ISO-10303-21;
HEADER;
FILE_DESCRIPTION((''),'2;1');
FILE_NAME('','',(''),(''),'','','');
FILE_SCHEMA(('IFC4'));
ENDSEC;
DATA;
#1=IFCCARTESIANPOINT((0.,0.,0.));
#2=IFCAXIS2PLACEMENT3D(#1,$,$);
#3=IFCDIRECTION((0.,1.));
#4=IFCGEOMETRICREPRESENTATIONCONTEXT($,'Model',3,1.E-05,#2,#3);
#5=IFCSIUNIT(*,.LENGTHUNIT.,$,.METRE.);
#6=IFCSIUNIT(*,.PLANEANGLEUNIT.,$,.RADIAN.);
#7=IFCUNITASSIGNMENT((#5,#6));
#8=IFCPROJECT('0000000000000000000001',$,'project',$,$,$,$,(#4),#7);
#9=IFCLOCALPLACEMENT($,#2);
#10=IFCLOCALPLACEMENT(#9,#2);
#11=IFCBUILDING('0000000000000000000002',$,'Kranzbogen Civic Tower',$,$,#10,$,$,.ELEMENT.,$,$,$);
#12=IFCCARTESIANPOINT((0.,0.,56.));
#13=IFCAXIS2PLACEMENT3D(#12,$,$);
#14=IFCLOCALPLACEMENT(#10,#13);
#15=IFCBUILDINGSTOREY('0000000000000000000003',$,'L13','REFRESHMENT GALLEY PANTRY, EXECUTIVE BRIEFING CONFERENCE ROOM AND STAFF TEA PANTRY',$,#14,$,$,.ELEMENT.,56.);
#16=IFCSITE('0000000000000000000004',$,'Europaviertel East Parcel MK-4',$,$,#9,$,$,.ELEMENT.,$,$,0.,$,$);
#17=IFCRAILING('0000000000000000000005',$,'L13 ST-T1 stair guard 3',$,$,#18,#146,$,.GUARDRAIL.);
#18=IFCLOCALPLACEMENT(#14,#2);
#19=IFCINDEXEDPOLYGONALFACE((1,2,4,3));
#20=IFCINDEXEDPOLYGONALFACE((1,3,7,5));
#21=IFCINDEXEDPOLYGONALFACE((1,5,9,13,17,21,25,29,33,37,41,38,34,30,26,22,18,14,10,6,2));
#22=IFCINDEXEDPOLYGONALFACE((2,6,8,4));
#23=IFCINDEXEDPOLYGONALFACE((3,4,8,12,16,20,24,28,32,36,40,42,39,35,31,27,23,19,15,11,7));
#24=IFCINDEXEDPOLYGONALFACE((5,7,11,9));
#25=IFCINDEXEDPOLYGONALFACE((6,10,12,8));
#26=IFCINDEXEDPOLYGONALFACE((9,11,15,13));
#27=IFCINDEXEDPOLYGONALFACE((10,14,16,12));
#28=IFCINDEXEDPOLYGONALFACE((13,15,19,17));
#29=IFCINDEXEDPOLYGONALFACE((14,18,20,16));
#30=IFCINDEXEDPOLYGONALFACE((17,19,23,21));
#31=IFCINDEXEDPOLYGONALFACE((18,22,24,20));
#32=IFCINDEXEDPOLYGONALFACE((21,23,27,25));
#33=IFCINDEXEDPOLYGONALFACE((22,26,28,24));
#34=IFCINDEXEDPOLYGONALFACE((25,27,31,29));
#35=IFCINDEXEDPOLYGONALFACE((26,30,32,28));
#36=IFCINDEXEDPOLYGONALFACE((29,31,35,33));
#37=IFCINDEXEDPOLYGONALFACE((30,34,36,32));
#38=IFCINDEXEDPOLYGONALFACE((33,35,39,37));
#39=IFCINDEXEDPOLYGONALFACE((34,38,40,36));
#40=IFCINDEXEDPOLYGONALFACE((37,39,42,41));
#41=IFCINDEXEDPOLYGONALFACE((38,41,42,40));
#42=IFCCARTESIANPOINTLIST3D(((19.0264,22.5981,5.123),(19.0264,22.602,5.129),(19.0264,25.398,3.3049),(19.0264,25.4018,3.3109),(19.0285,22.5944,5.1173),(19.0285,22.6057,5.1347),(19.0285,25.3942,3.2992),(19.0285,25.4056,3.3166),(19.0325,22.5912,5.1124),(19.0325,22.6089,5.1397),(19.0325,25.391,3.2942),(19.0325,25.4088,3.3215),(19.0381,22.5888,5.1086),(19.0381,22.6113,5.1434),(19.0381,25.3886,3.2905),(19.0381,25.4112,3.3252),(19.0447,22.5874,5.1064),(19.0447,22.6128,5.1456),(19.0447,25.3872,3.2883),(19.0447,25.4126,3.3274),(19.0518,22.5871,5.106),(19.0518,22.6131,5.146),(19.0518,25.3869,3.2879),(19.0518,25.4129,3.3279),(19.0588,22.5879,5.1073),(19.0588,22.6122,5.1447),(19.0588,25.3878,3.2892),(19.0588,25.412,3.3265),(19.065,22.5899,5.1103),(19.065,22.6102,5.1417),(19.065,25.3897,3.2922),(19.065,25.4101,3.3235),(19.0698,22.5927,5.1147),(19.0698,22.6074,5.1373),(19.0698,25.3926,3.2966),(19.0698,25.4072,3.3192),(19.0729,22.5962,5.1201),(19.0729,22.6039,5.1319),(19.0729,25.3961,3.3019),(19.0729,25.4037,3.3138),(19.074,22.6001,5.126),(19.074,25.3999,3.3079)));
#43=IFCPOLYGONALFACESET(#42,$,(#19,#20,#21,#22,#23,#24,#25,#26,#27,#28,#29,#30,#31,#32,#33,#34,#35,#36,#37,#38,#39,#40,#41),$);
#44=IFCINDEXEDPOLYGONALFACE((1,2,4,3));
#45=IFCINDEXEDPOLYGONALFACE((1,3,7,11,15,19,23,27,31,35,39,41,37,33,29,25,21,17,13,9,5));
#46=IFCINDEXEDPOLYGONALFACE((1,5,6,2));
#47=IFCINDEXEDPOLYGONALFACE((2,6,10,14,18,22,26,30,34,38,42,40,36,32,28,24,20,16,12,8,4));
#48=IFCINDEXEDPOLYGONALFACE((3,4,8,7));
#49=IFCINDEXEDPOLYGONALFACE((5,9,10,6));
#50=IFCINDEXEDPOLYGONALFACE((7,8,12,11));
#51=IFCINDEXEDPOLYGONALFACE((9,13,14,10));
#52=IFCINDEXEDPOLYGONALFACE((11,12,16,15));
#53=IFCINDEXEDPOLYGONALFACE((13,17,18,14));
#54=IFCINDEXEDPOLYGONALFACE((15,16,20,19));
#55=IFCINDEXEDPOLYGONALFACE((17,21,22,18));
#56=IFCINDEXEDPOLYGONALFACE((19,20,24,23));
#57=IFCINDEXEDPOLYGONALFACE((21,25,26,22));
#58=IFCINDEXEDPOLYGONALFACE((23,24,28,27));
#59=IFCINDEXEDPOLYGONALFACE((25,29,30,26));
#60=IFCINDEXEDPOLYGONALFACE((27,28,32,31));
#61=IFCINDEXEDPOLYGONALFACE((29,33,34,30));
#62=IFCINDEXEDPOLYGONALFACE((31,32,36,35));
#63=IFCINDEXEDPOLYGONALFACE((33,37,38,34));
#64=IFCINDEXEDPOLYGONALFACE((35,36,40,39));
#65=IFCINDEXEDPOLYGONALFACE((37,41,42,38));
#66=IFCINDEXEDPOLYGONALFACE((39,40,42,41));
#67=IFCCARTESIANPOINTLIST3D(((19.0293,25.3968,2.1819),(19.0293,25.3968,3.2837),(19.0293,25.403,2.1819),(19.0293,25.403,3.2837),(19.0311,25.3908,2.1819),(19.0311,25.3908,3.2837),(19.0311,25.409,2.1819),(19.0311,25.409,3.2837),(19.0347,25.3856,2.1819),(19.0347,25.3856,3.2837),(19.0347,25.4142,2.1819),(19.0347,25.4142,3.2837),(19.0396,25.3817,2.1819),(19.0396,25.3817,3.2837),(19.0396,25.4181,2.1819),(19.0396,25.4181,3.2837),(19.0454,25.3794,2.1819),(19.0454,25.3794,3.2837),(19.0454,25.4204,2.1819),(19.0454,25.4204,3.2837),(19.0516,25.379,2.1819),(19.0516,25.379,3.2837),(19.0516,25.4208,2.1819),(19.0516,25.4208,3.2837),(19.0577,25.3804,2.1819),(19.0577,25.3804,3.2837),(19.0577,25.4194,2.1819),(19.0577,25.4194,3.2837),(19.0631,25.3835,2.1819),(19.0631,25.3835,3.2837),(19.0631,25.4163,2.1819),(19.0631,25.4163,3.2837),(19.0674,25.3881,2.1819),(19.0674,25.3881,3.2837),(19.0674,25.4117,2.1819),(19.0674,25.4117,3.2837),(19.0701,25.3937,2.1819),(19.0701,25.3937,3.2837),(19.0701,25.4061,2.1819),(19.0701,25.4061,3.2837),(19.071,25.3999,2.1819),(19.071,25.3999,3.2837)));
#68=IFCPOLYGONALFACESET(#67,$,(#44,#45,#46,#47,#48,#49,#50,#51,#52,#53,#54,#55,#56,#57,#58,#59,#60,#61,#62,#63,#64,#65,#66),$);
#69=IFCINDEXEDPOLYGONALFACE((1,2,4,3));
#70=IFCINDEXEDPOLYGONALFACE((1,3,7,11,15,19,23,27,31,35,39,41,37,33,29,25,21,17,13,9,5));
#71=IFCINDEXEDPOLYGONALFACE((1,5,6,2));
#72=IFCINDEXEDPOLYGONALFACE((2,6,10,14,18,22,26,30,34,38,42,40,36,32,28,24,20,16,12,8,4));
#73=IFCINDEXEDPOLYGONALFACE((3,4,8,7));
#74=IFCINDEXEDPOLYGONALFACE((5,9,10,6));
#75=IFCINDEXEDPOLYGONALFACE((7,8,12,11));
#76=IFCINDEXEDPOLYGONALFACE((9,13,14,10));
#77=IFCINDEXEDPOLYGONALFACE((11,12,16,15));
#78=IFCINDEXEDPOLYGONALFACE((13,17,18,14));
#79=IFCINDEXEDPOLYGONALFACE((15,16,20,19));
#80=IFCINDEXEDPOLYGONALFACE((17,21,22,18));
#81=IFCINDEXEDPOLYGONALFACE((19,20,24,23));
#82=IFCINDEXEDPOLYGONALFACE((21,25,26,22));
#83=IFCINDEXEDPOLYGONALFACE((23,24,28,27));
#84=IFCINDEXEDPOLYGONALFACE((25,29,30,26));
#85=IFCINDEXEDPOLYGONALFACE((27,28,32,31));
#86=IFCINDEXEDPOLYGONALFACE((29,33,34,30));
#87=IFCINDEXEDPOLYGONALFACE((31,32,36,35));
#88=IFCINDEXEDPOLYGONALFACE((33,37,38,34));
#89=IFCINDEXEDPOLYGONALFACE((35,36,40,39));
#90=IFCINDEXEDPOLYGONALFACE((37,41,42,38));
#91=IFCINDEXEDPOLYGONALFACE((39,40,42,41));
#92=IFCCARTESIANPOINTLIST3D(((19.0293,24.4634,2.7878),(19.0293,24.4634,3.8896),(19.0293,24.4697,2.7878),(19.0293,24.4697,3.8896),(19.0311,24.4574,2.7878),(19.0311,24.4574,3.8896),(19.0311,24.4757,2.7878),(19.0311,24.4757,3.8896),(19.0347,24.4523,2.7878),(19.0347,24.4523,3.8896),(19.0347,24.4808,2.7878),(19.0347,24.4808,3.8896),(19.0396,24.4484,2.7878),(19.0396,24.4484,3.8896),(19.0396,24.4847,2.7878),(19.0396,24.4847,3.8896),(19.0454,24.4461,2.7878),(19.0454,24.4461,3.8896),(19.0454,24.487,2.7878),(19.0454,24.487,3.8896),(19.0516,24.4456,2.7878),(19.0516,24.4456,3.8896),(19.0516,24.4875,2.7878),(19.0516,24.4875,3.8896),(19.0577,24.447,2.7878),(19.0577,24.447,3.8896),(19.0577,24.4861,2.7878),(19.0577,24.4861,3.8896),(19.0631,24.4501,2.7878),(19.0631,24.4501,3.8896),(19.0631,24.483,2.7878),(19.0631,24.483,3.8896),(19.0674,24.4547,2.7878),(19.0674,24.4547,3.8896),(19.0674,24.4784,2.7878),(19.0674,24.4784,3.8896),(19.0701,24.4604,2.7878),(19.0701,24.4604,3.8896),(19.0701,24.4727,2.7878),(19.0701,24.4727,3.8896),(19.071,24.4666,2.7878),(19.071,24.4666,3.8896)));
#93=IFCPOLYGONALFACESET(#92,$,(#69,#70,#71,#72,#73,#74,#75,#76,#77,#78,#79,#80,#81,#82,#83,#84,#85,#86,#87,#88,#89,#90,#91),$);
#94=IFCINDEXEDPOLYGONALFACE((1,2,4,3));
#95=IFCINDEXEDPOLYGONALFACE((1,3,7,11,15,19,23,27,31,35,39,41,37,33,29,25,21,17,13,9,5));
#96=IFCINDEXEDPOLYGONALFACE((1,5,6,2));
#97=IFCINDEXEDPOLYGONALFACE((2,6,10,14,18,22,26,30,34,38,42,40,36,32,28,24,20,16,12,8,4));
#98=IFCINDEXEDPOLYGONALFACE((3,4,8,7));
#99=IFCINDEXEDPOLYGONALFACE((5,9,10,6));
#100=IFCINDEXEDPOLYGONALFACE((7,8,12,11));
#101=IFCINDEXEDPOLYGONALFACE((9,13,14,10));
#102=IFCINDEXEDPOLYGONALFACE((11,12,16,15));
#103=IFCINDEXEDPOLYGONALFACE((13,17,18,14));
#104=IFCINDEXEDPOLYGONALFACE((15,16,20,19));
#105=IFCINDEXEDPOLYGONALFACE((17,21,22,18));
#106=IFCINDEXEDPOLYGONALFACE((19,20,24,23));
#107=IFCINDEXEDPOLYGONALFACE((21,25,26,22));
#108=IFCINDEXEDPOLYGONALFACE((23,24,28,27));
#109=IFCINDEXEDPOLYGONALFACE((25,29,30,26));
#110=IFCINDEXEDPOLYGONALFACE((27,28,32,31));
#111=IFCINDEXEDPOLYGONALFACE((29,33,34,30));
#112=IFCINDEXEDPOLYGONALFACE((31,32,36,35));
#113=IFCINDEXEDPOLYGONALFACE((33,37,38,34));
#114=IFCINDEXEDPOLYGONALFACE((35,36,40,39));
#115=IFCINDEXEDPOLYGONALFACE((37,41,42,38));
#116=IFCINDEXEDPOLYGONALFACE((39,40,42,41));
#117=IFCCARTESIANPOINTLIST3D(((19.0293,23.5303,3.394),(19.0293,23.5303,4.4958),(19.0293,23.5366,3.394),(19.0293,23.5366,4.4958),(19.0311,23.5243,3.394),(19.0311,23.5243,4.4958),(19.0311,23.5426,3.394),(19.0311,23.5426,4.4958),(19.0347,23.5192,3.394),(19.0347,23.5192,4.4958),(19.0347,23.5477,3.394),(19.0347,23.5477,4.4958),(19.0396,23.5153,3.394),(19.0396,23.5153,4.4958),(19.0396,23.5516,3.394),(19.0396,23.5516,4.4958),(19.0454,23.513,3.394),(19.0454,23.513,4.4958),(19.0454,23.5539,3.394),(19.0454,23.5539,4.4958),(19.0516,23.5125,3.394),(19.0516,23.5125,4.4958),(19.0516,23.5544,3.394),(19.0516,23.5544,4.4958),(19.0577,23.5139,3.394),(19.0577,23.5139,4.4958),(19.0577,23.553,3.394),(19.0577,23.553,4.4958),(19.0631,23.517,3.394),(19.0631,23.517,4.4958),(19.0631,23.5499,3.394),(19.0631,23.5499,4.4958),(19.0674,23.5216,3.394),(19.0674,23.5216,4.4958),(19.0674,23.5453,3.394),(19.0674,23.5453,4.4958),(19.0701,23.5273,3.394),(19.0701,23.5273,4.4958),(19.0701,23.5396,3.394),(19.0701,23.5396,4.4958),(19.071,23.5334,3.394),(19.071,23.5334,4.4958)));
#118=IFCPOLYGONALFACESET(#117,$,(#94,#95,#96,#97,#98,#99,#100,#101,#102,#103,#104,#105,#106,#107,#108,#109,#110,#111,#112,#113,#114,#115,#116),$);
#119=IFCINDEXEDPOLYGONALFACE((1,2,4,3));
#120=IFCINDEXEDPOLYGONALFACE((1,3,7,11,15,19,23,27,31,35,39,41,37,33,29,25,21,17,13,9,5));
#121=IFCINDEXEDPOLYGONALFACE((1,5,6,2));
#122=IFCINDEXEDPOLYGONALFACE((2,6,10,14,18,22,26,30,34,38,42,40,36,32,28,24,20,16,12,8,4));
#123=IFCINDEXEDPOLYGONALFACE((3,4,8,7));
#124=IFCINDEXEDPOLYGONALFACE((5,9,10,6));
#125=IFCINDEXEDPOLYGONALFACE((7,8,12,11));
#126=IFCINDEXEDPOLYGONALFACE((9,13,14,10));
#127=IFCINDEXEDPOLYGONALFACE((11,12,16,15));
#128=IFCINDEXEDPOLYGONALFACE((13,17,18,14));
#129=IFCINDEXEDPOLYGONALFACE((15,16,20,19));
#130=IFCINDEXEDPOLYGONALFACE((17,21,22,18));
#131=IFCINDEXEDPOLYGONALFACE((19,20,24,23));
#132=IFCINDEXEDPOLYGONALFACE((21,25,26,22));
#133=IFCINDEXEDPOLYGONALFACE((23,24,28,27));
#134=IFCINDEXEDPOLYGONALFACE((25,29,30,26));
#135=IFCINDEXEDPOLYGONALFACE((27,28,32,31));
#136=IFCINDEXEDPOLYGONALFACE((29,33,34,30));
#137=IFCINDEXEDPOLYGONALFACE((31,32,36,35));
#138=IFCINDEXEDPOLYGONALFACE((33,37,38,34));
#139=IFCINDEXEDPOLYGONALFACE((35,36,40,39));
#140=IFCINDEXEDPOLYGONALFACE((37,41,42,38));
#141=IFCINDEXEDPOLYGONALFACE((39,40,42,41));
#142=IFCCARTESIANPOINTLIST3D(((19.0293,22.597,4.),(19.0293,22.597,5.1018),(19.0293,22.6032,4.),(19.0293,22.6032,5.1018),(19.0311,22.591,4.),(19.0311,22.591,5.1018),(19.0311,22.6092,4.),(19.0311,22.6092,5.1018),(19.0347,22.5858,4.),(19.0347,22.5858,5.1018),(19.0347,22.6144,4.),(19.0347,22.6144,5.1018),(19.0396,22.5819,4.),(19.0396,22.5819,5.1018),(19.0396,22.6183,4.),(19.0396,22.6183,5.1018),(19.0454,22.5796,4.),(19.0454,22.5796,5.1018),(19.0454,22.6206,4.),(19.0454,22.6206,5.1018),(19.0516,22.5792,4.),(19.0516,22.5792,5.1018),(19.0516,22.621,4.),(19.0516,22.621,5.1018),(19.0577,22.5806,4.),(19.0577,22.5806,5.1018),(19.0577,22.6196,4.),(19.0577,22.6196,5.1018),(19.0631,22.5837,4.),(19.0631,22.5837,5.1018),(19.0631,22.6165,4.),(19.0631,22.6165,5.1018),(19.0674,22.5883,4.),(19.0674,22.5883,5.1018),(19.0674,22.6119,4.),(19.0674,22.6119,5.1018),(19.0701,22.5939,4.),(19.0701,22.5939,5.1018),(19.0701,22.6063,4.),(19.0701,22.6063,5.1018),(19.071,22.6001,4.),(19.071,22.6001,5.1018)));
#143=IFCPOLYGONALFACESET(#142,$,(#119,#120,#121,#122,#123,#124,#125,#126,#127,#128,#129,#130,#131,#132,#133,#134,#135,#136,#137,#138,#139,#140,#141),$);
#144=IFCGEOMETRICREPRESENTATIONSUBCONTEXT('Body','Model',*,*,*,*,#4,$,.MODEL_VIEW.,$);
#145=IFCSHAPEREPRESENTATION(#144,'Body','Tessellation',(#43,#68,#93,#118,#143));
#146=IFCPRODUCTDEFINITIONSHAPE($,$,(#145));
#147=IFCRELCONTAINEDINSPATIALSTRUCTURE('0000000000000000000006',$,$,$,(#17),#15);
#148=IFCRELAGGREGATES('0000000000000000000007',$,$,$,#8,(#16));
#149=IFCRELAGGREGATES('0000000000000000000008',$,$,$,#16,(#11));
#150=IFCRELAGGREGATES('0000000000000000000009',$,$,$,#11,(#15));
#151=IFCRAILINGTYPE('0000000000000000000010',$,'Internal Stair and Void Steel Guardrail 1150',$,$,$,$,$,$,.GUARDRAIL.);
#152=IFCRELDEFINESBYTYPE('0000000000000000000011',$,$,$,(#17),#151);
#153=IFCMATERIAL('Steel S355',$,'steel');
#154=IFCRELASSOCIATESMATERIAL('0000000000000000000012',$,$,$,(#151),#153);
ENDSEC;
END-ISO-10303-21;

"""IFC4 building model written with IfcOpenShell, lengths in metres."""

from ifc_helpers import new_model, si_unit, direction, frame, origin, origin_2d, place, context, subcontext, project, spatial, circle, extrude, material, type_object, element, save


model = new_model("IFC4")

# Units and contexts
model_context = context("Model", 3, precision=1e-05, world=origin(), true_north=direction((0.0, 1.0)))
body_context = subcontext(model_context, "Body", "Model", "MODEL_VIEW")
ifc_project = project(units=[si_unit("LENGTHUNIT", "METRE"), si_unit("PLANEANGLEUNIT", "RADIAN")], contexts=[model_context])

# Site, building, storey
site_placement = place(None, origin())
site = spatial("IfcSite", under=ifc_project, at=site_placement, Name="Europaviertel East Parcel MK-4", CompositionType="ELEMENT", RefElevation=0.0)
building_placement = place(site_placement, origin())
building = spatial("IfcBuilding", under=site, at=building_placement, Name="Kranzbogen Civic Tower", CompositionType="ELEMENT")
storey_placement = place(building_placement, frame((0.0, 0.0, 56.0)))
storey = spatial("IfcBuildingStorey", under=building, at=storey_placement, Name="L13", Description="REFRESHMENT GALLEY PANTRY, EXECUTIVE BRIEFING CONFERENCE ROOM AND STAFF TEA PANTRY", CompositionType="ELEMENT", Elevation=56.0)

# Shared definitions
ifc_material_1 = material(Name="Steel S355", Category="steel")

# Railing
railing_type_1 = type_object("IfcRailingType", Name="Internal Stair and Void Steel Guardrail 1150", PredefinedType="GUARDRAIL", material=ifc_material_1)
railing_1_placement = place(storey_placement, frame((19.05, 25.3999, 2.1819)))
element("IfcRailing", 1, at=railing_1_placement, inside=storey, type_object=railing_type_1, Name="L13 ST-T1 stair guard 3", PredefinedType="GUARDRAIL", context=body_context, shape_type="SweptSolid", body=[
    extrude(circle(Radius=0.0239, at=origin_2d()), frame((0.0, 0.0, 1.126), z_axis=(0.0, -0.838684, 0.544618), x_axis=(1.0, 0.0, 0.0)), (0.0, 0.0, 1.0), 3.3384),
    extrude(circle(Radius=0.021, at=origin_2d()), origin(), (0.0, 0.0, 1.0), 1.1018),
    extrude(circle(Radius=0.021, at=origin_2d()), frame((0.0, -0.9333, 0.606)), (0.0, 0.0, 1.0), 1.1018),
    extrude(circle(Radius=0.021, at=origin_2d()), frame((0.0, -1.8665, 1.2122)), (0.0, 0.0, 1.0), 1.1018),
    extrude(circle(Radius=0.021, at=origin_2d()), frame((0.0, -2.7998, 1.8181)), (0.0, 0.0, 1.0), 1.1018),
])

save(model, "model.ifc")
